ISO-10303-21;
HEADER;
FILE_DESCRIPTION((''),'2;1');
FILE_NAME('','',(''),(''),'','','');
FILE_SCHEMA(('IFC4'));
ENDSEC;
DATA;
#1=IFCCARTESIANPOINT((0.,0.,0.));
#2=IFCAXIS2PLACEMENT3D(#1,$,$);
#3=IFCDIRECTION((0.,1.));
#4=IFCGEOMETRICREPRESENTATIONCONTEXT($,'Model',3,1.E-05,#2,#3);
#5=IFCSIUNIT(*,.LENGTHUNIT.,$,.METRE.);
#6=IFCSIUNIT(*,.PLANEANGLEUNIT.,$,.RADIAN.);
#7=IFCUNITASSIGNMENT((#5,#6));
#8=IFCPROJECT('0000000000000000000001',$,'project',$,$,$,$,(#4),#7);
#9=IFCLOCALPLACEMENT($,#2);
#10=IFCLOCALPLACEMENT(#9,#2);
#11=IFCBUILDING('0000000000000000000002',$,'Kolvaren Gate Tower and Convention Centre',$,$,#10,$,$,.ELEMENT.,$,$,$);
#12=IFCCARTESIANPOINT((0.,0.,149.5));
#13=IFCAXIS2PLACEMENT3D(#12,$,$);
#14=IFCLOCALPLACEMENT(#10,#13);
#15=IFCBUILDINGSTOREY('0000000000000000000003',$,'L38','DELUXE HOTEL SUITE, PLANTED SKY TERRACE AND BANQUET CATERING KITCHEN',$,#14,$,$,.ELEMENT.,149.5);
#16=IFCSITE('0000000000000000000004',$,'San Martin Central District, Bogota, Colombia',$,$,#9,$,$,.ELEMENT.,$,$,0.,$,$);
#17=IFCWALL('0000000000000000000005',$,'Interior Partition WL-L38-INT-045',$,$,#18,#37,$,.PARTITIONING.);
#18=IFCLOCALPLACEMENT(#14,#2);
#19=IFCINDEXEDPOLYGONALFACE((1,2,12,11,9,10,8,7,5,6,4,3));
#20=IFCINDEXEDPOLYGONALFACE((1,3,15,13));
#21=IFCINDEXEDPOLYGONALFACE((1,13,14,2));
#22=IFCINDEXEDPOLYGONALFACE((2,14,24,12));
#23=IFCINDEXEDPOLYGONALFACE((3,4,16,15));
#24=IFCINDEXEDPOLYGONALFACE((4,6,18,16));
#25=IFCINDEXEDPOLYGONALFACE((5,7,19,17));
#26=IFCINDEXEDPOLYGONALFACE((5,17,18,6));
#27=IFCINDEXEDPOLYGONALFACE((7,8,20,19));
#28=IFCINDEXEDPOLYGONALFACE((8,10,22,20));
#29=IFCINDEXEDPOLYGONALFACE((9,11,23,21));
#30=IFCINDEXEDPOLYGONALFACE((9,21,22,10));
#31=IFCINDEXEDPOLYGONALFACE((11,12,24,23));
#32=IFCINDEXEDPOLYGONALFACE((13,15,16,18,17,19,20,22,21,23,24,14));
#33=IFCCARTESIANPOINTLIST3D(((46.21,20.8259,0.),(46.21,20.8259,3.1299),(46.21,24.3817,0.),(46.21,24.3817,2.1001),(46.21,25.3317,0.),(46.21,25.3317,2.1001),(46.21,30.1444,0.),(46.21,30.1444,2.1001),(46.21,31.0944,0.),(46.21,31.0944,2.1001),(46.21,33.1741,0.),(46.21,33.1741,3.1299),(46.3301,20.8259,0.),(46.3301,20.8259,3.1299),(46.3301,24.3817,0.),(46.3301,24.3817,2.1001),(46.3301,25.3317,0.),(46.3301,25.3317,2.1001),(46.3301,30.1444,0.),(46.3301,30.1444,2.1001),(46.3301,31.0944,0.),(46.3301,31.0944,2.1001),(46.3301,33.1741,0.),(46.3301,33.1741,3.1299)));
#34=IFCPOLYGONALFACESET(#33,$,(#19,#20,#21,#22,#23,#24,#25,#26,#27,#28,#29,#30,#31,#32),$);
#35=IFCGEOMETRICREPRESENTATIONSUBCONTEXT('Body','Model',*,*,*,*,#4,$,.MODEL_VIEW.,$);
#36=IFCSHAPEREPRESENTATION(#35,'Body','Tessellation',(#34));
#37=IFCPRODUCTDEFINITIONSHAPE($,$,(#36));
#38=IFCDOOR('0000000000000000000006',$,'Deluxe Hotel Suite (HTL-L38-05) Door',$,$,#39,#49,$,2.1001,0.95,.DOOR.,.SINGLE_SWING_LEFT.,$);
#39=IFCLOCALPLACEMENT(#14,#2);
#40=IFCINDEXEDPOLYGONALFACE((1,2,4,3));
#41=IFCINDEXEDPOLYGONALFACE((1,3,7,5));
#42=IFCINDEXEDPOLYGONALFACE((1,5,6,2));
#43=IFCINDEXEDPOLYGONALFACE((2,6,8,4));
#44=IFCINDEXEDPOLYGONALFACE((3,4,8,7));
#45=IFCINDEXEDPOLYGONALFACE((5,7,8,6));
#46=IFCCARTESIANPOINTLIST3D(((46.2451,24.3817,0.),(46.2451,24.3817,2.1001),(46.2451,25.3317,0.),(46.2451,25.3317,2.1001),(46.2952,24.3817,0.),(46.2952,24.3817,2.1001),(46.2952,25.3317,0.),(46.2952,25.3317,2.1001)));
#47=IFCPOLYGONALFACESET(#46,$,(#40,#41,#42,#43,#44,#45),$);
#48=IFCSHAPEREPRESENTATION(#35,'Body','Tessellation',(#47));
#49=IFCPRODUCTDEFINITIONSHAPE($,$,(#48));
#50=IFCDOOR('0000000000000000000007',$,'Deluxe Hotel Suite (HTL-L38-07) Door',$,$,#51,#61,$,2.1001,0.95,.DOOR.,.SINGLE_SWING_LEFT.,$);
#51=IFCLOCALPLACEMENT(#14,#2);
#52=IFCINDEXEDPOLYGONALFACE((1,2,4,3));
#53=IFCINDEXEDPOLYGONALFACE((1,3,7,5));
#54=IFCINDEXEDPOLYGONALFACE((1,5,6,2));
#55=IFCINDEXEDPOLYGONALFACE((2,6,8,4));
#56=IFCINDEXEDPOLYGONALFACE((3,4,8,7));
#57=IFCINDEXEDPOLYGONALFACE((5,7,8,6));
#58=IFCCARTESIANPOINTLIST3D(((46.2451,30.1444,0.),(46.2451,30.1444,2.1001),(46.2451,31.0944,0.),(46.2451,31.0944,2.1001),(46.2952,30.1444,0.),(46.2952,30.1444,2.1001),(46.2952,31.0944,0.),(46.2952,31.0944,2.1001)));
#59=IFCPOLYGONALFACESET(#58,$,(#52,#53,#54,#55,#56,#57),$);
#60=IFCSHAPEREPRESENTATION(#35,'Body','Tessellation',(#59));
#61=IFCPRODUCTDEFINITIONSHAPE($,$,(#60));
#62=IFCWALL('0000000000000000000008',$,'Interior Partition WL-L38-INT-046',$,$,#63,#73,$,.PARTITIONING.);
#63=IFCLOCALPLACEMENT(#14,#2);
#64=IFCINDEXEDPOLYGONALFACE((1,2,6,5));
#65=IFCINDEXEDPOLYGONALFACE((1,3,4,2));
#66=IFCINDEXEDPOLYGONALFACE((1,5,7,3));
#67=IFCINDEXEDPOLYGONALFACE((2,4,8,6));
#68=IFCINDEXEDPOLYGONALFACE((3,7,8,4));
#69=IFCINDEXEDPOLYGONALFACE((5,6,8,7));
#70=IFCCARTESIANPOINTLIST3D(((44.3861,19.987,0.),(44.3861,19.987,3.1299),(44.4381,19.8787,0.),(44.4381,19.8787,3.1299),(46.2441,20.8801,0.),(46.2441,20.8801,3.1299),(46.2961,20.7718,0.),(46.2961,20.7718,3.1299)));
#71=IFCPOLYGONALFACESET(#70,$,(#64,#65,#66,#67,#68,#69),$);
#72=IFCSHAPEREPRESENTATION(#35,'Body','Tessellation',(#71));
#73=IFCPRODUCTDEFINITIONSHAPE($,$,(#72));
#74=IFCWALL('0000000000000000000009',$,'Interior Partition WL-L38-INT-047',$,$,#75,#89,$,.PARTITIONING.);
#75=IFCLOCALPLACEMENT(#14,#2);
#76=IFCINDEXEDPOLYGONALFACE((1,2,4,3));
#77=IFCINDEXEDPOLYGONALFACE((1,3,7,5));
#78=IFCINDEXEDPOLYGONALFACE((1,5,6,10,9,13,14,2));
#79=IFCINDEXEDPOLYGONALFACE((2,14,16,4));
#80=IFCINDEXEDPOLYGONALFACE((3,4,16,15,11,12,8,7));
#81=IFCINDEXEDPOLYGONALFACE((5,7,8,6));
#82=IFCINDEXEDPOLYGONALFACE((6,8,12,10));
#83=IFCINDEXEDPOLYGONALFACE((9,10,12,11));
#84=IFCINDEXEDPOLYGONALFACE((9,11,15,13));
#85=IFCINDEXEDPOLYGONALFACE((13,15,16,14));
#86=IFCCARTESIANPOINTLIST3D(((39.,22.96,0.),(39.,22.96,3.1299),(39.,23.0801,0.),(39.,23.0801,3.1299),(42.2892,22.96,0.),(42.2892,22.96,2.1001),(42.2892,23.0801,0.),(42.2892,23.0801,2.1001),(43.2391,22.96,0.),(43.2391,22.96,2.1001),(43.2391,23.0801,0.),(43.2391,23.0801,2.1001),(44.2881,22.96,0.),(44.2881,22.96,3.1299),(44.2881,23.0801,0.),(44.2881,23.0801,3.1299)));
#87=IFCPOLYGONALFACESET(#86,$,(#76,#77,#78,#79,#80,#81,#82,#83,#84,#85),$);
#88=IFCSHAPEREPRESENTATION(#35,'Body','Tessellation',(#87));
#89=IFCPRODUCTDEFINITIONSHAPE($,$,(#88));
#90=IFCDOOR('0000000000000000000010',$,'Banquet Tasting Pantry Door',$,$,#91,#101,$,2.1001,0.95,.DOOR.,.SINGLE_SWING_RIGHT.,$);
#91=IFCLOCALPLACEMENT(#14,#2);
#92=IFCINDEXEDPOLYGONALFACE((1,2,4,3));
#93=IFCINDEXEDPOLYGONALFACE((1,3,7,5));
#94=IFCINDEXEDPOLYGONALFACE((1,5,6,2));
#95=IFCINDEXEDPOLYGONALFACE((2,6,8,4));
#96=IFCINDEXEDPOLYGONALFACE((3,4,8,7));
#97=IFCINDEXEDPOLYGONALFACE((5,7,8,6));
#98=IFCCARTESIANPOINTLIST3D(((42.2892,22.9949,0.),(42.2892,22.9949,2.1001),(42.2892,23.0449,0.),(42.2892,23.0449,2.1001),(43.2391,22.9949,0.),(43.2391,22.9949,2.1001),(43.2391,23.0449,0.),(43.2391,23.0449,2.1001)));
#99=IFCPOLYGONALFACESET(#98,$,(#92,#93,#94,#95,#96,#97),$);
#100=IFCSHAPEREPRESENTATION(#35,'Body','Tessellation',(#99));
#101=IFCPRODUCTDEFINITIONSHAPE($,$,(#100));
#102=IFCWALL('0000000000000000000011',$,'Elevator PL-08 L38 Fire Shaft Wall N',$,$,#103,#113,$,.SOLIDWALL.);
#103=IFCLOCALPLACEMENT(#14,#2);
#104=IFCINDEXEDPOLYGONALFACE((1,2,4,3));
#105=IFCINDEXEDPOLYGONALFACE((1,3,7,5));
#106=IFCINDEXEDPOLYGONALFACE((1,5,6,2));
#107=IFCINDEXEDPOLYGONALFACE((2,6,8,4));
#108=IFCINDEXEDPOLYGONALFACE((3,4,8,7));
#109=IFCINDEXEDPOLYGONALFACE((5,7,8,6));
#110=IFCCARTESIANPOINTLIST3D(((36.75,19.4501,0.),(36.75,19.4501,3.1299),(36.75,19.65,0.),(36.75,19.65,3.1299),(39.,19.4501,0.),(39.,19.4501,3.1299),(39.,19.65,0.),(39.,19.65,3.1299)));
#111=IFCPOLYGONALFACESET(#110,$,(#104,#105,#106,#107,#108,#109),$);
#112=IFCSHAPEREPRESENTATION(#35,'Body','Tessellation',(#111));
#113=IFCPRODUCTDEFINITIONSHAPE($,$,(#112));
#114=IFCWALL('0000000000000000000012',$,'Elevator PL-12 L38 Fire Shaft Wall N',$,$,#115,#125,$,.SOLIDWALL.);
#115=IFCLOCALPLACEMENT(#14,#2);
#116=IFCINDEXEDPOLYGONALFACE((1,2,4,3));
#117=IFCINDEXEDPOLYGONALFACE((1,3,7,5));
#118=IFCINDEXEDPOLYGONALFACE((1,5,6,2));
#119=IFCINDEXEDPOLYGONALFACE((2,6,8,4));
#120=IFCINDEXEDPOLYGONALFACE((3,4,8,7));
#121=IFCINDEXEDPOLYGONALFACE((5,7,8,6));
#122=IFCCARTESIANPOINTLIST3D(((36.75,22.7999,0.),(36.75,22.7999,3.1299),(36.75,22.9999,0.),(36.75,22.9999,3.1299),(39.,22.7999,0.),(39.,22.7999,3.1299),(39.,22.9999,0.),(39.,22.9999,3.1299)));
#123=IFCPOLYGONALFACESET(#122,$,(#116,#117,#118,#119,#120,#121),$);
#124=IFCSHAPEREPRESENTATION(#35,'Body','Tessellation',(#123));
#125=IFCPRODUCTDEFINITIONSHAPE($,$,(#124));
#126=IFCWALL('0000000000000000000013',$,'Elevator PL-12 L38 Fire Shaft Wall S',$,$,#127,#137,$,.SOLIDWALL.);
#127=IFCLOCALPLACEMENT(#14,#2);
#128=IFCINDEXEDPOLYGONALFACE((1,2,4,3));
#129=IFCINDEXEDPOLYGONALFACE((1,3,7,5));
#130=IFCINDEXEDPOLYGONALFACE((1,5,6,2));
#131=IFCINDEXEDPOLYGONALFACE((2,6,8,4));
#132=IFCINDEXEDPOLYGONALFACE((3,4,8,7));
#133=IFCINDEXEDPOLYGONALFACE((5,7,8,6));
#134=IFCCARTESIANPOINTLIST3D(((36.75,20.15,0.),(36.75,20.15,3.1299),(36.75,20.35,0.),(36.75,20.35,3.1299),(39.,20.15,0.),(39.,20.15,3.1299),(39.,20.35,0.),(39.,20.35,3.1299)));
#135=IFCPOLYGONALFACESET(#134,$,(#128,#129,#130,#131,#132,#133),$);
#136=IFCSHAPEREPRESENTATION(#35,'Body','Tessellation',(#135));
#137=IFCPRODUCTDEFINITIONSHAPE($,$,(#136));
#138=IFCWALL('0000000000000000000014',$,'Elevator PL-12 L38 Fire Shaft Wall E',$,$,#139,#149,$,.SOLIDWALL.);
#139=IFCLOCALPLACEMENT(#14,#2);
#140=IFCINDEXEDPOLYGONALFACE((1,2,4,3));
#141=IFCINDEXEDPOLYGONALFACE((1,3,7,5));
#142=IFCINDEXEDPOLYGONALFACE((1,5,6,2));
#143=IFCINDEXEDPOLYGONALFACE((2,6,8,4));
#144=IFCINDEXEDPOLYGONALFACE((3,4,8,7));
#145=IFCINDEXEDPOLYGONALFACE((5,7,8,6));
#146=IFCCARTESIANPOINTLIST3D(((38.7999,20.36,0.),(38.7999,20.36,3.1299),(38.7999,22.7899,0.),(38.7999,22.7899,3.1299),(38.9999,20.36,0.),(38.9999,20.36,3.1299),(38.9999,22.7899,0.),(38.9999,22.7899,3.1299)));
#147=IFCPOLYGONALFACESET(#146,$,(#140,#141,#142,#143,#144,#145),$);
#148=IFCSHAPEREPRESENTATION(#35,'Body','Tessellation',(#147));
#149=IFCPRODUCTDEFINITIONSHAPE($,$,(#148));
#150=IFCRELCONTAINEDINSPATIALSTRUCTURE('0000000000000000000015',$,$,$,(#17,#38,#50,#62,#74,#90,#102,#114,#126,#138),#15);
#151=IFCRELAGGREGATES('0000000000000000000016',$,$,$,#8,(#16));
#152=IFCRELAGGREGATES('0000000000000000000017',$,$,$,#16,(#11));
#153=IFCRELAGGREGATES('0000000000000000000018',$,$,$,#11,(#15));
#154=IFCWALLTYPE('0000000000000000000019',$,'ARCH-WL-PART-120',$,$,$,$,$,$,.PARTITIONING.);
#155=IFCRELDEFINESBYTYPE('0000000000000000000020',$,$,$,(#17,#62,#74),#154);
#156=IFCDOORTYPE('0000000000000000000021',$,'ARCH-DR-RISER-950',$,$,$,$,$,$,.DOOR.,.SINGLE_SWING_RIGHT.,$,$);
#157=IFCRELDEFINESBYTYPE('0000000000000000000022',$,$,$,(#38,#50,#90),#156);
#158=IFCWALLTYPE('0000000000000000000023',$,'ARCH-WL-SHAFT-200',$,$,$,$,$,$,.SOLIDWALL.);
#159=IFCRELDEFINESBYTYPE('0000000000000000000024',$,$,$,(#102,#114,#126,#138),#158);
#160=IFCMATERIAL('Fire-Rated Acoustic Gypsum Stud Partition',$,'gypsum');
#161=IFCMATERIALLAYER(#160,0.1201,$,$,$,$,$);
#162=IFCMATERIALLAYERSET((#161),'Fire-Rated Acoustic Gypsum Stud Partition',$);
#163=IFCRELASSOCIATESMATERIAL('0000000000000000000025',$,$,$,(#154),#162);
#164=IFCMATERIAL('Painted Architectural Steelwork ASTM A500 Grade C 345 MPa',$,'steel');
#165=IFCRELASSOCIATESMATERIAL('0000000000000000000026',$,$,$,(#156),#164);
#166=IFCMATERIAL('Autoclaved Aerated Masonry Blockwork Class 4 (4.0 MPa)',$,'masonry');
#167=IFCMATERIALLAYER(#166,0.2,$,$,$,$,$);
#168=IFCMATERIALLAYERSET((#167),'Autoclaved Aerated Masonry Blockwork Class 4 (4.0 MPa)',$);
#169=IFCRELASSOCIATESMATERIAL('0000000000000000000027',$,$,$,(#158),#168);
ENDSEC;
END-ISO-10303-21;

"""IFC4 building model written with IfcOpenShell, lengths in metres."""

from ifc_helpers import new_model, si_unit, direction, frame, frame_2d, origin, place, context, subcontext, project, spatial, rectangle, extrude, material, layer, layer_set, type_object, element, fill, save


model = new_model("IFC4")

# Units and contexts
model_context = context("Model", 3, precision=1e-05, world=origin(), true_north=direction((0.0, 1.0)))
body_context = subcontext(model_context, "Body", "Model", "MODEL_VIEW")
ifc_project = project(units=[si_unit("LENGTHUNIT", "METRE"), si_unit("PLANEANGLEUNIT", "RADIAN")], contexts=[model_context])

# Site, building, storey
site_placement = place(None, origin())
site = spatial("IfcSite", under=ifc_project, at=site_placement, Name="San Martin Central District, Bogota, Colombia", CompositionType="ELEMENT", RefElevation=0.0)
building_placement = place(site_placement, origin())
building = spatial("IfcBuilding", under=site, at=building_placement, Name="Kolvaren Gate Tower and Convention Centre", CompositionType="ELEMENT")
storey_placement = place(building_placement, frame((0.0, 0.0, 149.5)))
storey = spatial("IfcBuildingStorey", under=building, at=storey_placement, Name="L38", Description="DELUXE HOTEL SUITE, PLANTED SKY TERRACE AND BANQUET CATERING KITCHEN", CompositionType="ELEMENT", Elevation=149.5)

# Shared definitions
ifc_material_1 = material(Name="Fire-Rated Acoustic Gypsum Stud Partition", Category="gypsum")
ifc_layer_1 = layer(ifc_material_1, 0.1201)
ifc_layer_set_1 = layer_set([ifc_layer_1], Name="Fire-Rated Acoustic Gypsum Stud Partition")
wall_type_1 = type_object("IfcWallType", Name="ARCH-WL-PART-120", PredefinedType="PARTITIONING", material=ifc_layer_set_1)

# Wall, openings, doors
wall_1_placement = place(storey_placement, frame((46.27, 20.8259, 0.0), z_axis=(0.0, 0.0, 1.0), x_axis=(0.0, 1.0, 0.0)))
wall_1 = element("IfcWall", 1, at=wall_1_placement, inside=storey, type_object=wall_type_1, Name="Interior Partition WL-L38-INT-045", PredefinedType="PARTITIONING", context=body_context, shape_type="SweptSolid", body=[
    extrude(rectangle(XDim=12.3481, YDim=0.1201, at=frame_2d((6.1741, 0.0))), origin(), (0.0, 0.0, 1.0), 3.1299),
])
opening_1_placement = place(wall_1_placement, frame((3.5557, 0.0, 0.0)))
opening_1 = element("IfcOpeningElement", 2, at=opening_1_placement, cuts=wall_1, PredefinedType="OPENING", context=body_context, shape_type="SweptSolid", body=[
    extrude(rectangle(XDim=0.95, YDim=2.1001, at=frame_2d((0.4751, 1.05))), frame((0.0, 0.0701, 0.0), z_axis=(0.0, -1.0, 0.0), x_axis=(1.0, 0.0, 0.0)), (0.0, 0.0, 1.0), 0.1401),
])
opening_2_placement = place(wall_1_placement, frame((9.3184, 0.0, 0.0)))
opening_2 = element("IfcOpeningElement", 3, at=opening_2_placement, cuts=wall_1, PredefinedType="OPENING", context=body_context, shape_type="SweptSolid", body=[
    extrude(rectangle(XDim=0.95, YDim=2.1001, at=frame_2d((0.4751, 1.05))), frame((0.0, 0.0701, 0.0), z_axis=(0.0, -1.0, 0.0), x_axis=(1.0, 0.0, 0.0)), (0.0, 0.0, 1.0), 0.1401),
])
ifc_material_2 = material(Name="Painted Architectural Steelwork ASTM A500 Grade C 345 MPa", Category="steel")
door_type_1 = type_object("IfcDoorType", Name="ARCH-DR-RISER-950", OperationType="SINGLE_SWING_RIGHT", PredefinedType="DOOR", material=ifc_material_2)
door_1_placement = place(opening_1_placement, origin())
door_1 = element("IfcDoor", 4, at=door_1_placement, inside=storey, type_object=door_type_1, Name="Deluxe Hotel Suite (HTL-L38-05) Door", OperationType="SINGLE_SWING_LEFT", OverallHeight=2.1001, OverallWidth=0.95, PredefinedType="DOOR", context=body_context, shape_type="SweptSolid", body=[
    extrude(rectangle(XDim=0.95, YDim=2.1001, at=frame_2d((0.4751, 1.05))), frame((0.0, 0.0249, 0.0), z_axis=(0.0, -1.0, 0.0), x_axis=(1.0, 0.0, 0.0)), (0.0, 0.0, 1.0), 0.05),
])
fill(opening_1, door_1)
door_2_placement = place(opening_2_placement, origin())
door_2 = element("IfcDoor", 5, at=door_2_placement, inside=storey, type_object=door_type_1, Name="Deluxe Hotel Suite (HTL-L38-07) Door", OperationType="SINGLE_SWING_LEFT", OverallHeight=2.1001, OverallWidth=0.95, PredefinedType="DOOR", context=body_context, shape_type="SweptSolid", body=[
    extrude(rectangle(XDim=0.95, YDim=2.1001, at=frame_2d((0.4751, 1.05))), frame((0.0, 0.0249, 0.0), z_axis=(0.0, -1.0, 0.0), x_axis=(1.0, 0.0, 0.0)), (0.0, 0.0, 1.0), 0.05),
])
fill(opening_2, door_2)

# Wall
wall_2_placement = place(storey_placement, frame((44.4121, 19.9329, 0.0), z_axis=(0.0, 0.0, 1.0), x_axis=(0.901283, 0.433232, 0.0)))
element("IfcWall", 6, at=wall_2_placement, inside=storey, type_object=wall_type_1, Name="Interior Partition WL-L38-INT-046", PredefinedType="PARTITIONING", context=body_context, shape_type="SweptSolid", body=[
    extrude(rectangle(XDim=2.0615, YDim=0.1201, at=frame_2d((1.0308, 0.0))), origin(), (0.0, 0.0, 1.0), 3.1299),
])

# Wall, opening, door
wall_3_placement = place(storey_placement, frame((39.0, 23.02, 0.0), z_axis=(0.0, 0.0, 1.0), x_axis=(1.0, 0.0, 0.0)))
wall_3 = element("IfcWall", 7, at=wall_3_placement, inside=storey, type_object=wall_type_1, Name="Interior Partition WL-L38-INT-047", PredefinedType="PARTITIONING", context=body_context, shape_type="SweptSolid", body=[
    extrude(rectangle(XDim=5.2881, YDim=0.1201, at=frame_2d((2.644, 0.0))), origin(), (0.0, 0.0, 1.0), 3.1299),
])
opening_3_placement = place(wall_3_placement, frame((3.2891, 0.0, 0.0)))
opening_3 = element("IfcOpeningElement", 8, at=opening_3_placement, cuts=wall_3, PredefinedType="OPENING", context=body_context, shape_type="SweptSolid", body=[
    extrude(rectangle(XDim=0.95, YDim=2.1001, at=frame_2d((0.4751, 1.05))), frame((0.0, 0.0701, 0.0), z_axis=(0.0, -1.0, 0.0), x_axis=(1.0, 0.0, 0.0)), (0.0, 0.0, 1.0), 0.1401),
])
door_3_placement = place(opening_3_placement, origin())
door_3 = element("IfcDoor", 9, at=door_3_placement, inside=storey, type_object=door_type_1, Name="Banquet Tasting Pantry Door", OperationType="SINGLE_SWING_RIGHT", OverallHeight=2.1001, OverallWidth=0.95, PredefinedType="DOOR", context=body_context, shape_type="SweptSolid", body=[
    extrude(rectangle(XDim=0.95, YDim=2.1001, at=frame_2d((0.4751, 1.05))), frame((0.0, 0.0249, 0.0), z_axis=(0.0, -1.0, 0.0), x_axis=(1.0, 0.0, 0.0)), (0.0, 0.0, 1.0), 0.05),
])
fill(opening_3, door_3)

# Walls
ifc_material_3 = material(Name="Autoclaved Aerated Masonry Blockwork Class 4 (4.0 MPa)", Category="masonry")
ifc_layer_2 = layer(ifc_material_3, 0.2)
ifc_layer_set_2 = layer_set([ifc_layer_2], Name="Autoclaved Aerated Masonry Blockwork Class 4 (4.0 MPa)")
wall_type_2 = type_object("IfcWallType", Name="ARCH-WL-SHAFT-200", PredefinedType="SOLIDWALL", material=ifc_layer_set_2)
for number, where, z_axis, x_axis, name in (
    (10, (36.75, 19.55, 0.0), (0.0, 0.0, 1.0), (1.0, 0.0, 0.0), "Elevator PL-08 L38 Fire Shaft Wall N"),
    (11, (36.75, 22.8999, 0.0), (0.0, 0.0, 1.0), (1.0, 0.0, 0.0), "Elevator PL-12 L38 Fire Shaft Wall N"),
    (12, (36.75, 20.25, 0.0), (0.0, 0.0, 1.0), (1.0, 0.0, 0.0), "Elevator PL-12 L38 Fire Shaft Wall S"),
):
    element("IfcWall", number, at=place(storey_placement, frame(where, z_axis=z_axis, x_axis=x_axis)), inside=storey, type_object=wall_type_2, Name=name, PredefinedType="SOLIDWALL", context=body_context, shape_type="SweptSolid", body=[
        extrude(rectangle(XDim=2.25, YDim=0.2, at=frame_2d((1.125, 0.0))), origin(), (0.0, 0.0, 1.0), 3.1299),
    ])
wall_4_placement = place(storey_placement, frame((38.8999, 20.3601, 0.0), z_axis=(0.0, 0.0, 1.0), x_axis=(0.0, 1.0, 0.0)))
element("IfcWall", 13, at=wall_4_placement, inside=storey, type_object=wall_type_2, Name="Elevator PL-12 L38 Fire Shaft Wall E", PredefinedType="SOLIDWALL", context=body_context, shape_type="SweptSolid", body=[
    extrude(rectangle(XDim=2.4299, YDim=0.2, at=frame_2d((1.2148, 0.0))), origin(), (0.0, 0.0, 1.0), 3.1299),
])

save(model, "model.ifc")
